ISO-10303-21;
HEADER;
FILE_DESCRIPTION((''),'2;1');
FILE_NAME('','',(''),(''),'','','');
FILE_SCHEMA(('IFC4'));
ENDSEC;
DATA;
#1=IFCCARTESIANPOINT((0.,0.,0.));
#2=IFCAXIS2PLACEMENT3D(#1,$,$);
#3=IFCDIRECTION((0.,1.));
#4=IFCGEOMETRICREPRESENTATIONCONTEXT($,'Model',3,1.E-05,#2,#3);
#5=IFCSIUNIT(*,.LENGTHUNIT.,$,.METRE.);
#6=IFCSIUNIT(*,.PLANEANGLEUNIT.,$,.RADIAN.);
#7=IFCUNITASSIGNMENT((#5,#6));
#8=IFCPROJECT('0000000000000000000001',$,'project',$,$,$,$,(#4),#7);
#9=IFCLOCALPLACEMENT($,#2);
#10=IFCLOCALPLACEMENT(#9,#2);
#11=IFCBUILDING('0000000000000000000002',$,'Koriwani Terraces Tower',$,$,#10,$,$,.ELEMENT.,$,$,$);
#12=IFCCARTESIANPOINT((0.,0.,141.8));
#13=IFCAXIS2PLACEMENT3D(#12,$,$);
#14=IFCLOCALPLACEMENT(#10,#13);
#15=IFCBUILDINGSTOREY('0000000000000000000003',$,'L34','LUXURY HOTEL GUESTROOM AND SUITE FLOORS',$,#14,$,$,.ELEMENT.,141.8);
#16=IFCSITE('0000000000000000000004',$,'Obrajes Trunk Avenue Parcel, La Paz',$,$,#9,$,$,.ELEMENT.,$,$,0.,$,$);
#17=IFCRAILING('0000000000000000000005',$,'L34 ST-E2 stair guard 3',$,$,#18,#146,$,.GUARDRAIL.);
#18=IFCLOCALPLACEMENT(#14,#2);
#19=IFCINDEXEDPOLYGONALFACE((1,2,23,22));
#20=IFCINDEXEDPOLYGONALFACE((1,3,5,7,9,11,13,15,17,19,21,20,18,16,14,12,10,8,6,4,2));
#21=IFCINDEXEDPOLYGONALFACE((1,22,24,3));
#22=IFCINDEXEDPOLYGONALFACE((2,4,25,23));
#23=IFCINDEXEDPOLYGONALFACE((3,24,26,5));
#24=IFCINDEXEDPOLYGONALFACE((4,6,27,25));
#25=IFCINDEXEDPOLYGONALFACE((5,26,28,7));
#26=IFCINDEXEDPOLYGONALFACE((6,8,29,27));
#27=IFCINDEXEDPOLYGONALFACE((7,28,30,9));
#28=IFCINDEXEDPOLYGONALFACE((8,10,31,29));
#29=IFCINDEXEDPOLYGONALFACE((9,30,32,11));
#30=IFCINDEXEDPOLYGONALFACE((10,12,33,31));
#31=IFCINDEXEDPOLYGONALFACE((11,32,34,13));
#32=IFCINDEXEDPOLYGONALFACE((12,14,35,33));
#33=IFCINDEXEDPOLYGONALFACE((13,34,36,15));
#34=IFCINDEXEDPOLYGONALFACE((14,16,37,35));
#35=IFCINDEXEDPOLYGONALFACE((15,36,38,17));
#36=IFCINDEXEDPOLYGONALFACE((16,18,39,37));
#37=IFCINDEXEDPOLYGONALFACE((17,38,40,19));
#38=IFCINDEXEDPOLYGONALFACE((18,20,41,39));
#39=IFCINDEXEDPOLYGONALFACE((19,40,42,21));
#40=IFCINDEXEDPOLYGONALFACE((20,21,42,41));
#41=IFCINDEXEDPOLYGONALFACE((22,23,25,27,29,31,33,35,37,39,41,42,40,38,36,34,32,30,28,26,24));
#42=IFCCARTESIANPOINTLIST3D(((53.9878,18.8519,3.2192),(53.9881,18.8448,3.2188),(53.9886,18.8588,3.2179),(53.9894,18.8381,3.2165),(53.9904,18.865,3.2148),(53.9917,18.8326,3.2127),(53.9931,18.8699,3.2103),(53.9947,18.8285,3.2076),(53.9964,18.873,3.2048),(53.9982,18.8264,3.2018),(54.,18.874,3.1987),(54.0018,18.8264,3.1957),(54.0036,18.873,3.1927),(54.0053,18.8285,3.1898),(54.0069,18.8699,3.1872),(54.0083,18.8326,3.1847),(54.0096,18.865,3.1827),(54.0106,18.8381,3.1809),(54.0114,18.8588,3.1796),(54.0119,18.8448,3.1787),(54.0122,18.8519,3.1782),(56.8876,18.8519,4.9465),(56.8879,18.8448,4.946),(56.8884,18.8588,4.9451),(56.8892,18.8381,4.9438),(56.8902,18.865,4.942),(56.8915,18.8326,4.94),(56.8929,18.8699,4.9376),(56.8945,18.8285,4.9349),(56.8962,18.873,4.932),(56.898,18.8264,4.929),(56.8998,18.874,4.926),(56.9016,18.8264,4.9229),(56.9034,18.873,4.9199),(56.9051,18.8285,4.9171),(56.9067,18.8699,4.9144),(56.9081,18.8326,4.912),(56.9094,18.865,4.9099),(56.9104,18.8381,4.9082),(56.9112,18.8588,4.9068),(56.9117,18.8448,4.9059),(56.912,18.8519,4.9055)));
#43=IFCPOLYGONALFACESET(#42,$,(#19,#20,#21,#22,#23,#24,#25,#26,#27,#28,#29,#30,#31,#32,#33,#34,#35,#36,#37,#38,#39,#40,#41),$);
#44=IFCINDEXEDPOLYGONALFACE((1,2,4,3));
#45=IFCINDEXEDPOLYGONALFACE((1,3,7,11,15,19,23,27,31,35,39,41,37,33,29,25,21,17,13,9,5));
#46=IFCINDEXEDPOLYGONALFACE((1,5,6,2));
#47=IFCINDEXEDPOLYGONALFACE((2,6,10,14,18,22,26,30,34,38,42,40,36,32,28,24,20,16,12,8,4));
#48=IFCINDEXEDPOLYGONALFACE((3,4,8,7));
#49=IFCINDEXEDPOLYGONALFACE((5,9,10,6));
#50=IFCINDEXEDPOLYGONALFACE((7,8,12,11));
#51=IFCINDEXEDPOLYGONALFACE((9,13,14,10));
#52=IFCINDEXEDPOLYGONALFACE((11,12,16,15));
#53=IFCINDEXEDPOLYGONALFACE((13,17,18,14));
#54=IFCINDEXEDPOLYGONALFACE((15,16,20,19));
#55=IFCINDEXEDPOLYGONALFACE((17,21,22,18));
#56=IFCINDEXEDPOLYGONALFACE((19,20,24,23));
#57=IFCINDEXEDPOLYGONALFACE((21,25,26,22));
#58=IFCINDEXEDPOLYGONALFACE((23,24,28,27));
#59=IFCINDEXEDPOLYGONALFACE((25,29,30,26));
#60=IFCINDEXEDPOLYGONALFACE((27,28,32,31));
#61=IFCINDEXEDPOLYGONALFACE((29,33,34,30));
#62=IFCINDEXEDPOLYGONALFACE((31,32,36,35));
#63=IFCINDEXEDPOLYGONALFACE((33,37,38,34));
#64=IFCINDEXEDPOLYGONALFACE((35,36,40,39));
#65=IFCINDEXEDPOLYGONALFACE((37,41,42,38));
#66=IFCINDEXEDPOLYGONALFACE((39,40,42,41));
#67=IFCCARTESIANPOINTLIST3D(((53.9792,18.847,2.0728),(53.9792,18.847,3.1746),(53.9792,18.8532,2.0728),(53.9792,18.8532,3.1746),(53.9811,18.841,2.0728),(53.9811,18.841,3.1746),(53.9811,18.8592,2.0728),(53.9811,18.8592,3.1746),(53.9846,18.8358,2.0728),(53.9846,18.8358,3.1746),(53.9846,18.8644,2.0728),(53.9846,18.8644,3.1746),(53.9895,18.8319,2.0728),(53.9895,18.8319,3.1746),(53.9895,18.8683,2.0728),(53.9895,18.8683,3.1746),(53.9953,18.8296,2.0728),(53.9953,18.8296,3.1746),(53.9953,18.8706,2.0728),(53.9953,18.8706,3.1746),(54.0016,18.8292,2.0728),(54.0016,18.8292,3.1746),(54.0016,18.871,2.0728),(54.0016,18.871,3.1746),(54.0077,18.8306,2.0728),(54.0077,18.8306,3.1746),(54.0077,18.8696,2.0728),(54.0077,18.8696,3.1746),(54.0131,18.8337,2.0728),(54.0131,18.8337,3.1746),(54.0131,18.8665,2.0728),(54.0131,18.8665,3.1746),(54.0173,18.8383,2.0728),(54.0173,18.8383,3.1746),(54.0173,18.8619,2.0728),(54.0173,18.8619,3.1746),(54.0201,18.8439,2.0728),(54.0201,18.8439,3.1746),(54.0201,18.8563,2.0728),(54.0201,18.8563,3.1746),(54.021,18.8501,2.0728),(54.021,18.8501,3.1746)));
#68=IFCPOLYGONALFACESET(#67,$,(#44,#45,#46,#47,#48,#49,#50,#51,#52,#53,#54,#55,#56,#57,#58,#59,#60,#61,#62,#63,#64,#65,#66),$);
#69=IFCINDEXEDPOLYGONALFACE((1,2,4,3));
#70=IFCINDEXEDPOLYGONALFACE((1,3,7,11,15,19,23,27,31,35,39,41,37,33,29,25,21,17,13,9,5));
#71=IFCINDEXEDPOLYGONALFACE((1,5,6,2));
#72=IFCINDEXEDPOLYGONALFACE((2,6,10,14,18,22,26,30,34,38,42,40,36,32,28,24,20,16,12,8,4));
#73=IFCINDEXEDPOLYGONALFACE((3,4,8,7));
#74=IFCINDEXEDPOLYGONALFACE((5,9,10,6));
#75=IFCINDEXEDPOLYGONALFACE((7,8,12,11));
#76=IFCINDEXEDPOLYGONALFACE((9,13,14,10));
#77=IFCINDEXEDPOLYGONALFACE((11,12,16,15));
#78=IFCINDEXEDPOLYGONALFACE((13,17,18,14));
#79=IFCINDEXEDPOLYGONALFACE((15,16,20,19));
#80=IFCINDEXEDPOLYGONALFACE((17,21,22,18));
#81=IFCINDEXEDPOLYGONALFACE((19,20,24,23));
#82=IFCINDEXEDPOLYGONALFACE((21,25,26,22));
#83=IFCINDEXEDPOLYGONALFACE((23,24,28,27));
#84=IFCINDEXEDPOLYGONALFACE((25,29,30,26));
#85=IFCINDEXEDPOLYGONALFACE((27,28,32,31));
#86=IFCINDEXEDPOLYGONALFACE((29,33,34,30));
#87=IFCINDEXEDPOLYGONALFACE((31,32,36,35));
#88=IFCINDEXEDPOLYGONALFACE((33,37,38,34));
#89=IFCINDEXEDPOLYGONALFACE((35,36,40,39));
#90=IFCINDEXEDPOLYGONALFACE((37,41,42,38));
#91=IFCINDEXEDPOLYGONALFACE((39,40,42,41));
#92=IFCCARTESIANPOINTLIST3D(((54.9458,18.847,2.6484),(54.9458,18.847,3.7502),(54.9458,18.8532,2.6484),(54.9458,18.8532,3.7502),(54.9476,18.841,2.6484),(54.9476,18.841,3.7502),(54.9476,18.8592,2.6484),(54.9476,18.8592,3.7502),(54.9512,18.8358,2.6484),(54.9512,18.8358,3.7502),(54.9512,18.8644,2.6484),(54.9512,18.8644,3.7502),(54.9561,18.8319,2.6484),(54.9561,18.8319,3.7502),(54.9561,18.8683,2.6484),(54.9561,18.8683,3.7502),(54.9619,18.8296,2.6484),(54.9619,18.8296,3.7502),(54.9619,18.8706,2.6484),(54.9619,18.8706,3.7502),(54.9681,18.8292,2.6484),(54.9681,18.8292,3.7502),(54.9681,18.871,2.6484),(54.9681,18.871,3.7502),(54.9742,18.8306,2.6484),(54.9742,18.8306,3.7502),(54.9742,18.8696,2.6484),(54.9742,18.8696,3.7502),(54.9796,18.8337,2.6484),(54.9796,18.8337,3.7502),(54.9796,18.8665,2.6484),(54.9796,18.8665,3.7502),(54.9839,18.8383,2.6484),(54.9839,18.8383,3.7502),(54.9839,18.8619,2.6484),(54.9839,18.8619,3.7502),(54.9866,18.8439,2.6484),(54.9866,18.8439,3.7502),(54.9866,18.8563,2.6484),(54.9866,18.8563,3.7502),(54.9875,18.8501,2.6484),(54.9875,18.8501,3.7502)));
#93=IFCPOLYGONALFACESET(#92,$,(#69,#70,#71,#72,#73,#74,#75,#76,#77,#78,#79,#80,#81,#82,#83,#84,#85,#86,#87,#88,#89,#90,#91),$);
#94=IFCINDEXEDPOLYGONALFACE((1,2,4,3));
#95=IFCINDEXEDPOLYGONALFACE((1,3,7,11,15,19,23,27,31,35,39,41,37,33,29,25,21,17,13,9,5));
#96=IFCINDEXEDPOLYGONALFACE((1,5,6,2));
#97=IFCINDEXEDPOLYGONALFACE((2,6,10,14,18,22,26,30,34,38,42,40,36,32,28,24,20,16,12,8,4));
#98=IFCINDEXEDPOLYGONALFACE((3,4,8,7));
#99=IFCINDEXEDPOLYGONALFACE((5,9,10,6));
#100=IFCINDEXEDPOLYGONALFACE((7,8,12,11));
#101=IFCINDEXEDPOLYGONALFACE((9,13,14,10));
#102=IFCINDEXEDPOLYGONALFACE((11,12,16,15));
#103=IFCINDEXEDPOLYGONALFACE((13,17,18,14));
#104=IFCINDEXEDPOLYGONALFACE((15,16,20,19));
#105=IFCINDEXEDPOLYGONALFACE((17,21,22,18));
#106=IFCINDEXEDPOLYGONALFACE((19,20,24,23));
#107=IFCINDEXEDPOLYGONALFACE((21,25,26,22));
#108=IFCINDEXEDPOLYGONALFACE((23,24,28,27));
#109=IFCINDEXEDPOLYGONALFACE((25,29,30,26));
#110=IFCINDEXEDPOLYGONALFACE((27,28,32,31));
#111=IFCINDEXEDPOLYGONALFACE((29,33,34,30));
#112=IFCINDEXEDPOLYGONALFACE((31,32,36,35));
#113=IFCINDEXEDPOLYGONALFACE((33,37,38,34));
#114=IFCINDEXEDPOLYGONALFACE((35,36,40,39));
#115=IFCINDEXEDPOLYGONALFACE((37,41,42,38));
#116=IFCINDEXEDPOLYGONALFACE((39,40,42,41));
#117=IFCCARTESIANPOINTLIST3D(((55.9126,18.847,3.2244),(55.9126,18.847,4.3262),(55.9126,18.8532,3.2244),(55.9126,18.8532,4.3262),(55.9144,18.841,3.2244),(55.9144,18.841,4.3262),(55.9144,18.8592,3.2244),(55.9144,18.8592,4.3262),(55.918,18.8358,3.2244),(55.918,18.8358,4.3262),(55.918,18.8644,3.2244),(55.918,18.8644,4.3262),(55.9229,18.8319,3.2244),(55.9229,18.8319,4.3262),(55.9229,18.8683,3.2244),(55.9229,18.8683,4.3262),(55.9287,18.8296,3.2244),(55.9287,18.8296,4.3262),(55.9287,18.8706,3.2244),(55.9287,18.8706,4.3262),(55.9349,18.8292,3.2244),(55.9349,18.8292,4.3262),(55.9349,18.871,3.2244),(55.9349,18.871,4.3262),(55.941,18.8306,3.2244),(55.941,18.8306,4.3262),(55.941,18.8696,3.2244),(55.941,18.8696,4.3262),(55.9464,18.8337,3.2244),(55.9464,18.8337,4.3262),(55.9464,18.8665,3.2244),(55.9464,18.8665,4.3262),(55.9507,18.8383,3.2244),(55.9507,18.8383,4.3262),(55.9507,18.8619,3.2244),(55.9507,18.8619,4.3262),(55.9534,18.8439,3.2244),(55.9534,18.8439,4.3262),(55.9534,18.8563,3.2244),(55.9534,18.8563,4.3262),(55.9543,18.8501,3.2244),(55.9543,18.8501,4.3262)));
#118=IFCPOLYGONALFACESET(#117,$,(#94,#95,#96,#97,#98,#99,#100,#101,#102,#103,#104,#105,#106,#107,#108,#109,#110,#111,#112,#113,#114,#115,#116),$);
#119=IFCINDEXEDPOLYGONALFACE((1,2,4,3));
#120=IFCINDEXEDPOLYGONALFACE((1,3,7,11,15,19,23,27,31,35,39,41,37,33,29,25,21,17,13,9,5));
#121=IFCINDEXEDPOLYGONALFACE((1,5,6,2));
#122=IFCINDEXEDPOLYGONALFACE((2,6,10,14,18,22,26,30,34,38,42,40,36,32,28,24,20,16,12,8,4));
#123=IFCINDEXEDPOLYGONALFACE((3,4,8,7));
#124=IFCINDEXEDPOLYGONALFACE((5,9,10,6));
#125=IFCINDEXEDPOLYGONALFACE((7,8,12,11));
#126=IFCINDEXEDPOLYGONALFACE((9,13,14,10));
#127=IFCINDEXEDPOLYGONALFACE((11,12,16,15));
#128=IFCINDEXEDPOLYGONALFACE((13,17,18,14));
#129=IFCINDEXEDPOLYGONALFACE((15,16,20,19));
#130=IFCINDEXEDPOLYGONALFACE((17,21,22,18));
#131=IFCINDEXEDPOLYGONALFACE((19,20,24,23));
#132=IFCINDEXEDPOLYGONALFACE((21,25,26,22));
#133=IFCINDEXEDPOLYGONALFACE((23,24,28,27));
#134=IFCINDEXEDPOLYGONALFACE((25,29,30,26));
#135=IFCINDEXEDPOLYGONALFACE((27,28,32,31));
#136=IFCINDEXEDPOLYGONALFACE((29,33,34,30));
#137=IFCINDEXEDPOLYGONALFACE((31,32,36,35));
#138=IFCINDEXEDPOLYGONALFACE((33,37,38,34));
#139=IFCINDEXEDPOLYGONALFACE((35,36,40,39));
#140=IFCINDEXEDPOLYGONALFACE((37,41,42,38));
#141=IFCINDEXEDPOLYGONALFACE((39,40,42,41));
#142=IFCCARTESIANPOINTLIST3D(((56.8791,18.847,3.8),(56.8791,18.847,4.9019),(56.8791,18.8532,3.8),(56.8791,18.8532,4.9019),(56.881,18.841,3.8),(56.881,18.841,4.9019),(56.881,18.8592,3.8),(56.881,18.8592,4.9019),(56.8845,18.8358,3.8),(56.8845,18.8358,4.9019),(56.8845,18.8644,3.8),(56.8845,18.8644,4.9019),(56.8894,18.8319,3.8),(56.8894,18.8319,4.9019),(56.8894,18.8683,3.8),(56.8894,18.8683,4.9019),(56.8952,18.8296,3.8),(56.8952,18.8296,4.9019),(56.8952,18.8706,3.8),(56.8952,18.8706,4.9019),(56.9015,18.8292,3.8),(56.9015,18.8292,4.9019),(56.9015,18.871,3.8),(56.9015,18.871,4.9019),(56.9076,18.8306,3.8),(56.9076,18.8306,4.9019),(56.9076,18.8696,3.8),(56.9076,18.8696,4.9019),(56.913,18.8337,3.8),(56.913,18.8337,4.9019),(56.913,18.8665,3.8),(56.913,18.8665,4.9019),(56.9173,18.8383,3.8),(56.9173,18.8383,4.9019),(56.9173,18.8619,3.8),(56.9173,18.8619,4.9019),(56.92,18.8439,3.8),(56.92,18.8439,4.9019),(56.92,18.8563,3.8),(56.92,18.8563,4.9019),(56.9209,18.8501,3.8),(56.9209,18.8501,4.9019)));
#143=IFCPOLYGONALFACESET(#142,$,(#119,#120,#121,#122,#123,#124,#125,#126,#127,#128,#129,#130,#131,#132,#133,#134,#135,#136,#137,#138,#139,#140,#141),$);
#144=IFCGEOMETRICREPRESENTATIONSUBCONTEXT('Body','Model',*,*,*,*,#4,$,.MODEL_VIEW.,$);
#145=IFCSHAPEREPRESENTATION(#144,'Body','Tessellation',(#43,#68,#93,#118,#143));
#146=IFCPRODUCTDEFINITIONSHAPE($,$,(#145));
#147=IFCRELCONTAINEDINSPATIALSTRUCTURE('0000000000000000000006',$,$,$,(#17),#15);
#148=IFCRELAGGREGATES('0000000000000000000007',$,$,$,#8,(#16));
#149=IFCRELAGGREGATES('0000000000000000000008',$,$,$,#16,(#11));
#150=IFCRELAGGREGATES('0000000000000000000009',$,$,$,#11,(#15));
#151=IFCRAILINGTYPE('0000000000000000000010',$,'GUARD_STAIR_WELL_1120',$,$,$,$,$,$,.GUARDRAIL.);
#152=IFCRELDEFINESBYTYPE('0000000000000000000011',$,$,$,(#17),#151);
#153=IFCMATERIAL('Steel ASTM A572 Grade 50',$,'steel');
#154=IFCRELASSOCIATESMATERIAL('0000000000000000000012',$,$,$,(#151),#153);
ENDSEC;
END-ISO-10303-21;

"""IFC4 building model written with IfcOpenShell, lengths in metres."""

from ifc_helpers import new_model, si_unit, direction, frame, origin, origin_2d, place, context, subcontext, project, spatial, circle, extrude, material, type_object, element, save


model = new_model("IFC4")

# Units and contexts
model_context = context("Model", 3, precision=1e-05, world=origin(), true_north=direction((0.0, 1.0)))
body_context = subcontext(model_context, "Body", "Model", "MODEL_VIEW")
ifc_project = project(units=[si_unit("LENGTHUNIT", "METRE"), si_unit("PLANEANGLEUNIT", "RADIAN")], contexts=[model_context])

# Site, building, storey
site_placement = place(None, origin())
site = spatial("IfcSite", under=ifc_project, at=site_placement, Name="Obrajes Trunk Avenue Parcel, La Paz", CompositionType="ELEMENT", RefElevation=0.0)
building_placement = place(site_placement, origin())
building = spatial("IfcBuilding", under=site, at=building_placement, Name="Koriwani Terraces Tower", CompositionType="ELEMENT")
storey_placement = place(building_placement, frame((0.0, 0.0, 141.8)))
storey = spatial("IfcBuildingStorey", under=building, at=storey_placement, Name="L34", Description="LUXURY HOTEL GUESTROOM AND SUITE FLOORS", CompositionType="ELEMENT", Elevation=141.8)

# Shared definitions
ifc_material_1 = material(Name="Steel ASTM A572 Grade 50", Category="steel")

# Railing
railing_type_1 = type_object("IfcRailingType", Name="GUARD_STAIR_WELL_1120", PredefinedType="GUARDRAIL", material=ifc_material_1)
railing_1_placement = place(storey_placement, frame((54.0, 18.8501, 2.0728)))
element("IfcRailing", 1, at=railing_1_placement, inside=storey, type_object=railing_type_1, Name="L34 ST-E2 stair guard 3", PredefinedType="GUARDRAIL", context=body_context, shape_type="SweptSolid", body=[
    extrude(circle(Radius=0.0239, at=origin_2d()), frame((0.0, 0.0, 1.126), z_axis=(0.859141, 0.0, 0.511738), x_axis=(0.0, 1.0, 0.0)), (0.0, 0.0, 1.0), 3.3752),
    extrude(circle(Radius=0.021, at=origin_2d()), origin(), (0.0, 0.0, 1.0), 1.1018),
    extrude(circle(Radius=0.021, at=origin_2d()), frame((0.9666, 0.0, 0.5757)), (0.0, 0.0, 1.0), 1.1018),
    extrude(circle(Radius=0.021, at=origin_2d()), frame((1.9333, 0.0, 1.1516)), (0.0, 0.0, 1.0), 1.1018),
    extrude(circle(Radius=0.021, at=origin_2d()), frame((2.8999, 0.0, 1.7273)), (0.0, 0.0, 1.0), 1.1018),
])

save(model, "model.ifc")
